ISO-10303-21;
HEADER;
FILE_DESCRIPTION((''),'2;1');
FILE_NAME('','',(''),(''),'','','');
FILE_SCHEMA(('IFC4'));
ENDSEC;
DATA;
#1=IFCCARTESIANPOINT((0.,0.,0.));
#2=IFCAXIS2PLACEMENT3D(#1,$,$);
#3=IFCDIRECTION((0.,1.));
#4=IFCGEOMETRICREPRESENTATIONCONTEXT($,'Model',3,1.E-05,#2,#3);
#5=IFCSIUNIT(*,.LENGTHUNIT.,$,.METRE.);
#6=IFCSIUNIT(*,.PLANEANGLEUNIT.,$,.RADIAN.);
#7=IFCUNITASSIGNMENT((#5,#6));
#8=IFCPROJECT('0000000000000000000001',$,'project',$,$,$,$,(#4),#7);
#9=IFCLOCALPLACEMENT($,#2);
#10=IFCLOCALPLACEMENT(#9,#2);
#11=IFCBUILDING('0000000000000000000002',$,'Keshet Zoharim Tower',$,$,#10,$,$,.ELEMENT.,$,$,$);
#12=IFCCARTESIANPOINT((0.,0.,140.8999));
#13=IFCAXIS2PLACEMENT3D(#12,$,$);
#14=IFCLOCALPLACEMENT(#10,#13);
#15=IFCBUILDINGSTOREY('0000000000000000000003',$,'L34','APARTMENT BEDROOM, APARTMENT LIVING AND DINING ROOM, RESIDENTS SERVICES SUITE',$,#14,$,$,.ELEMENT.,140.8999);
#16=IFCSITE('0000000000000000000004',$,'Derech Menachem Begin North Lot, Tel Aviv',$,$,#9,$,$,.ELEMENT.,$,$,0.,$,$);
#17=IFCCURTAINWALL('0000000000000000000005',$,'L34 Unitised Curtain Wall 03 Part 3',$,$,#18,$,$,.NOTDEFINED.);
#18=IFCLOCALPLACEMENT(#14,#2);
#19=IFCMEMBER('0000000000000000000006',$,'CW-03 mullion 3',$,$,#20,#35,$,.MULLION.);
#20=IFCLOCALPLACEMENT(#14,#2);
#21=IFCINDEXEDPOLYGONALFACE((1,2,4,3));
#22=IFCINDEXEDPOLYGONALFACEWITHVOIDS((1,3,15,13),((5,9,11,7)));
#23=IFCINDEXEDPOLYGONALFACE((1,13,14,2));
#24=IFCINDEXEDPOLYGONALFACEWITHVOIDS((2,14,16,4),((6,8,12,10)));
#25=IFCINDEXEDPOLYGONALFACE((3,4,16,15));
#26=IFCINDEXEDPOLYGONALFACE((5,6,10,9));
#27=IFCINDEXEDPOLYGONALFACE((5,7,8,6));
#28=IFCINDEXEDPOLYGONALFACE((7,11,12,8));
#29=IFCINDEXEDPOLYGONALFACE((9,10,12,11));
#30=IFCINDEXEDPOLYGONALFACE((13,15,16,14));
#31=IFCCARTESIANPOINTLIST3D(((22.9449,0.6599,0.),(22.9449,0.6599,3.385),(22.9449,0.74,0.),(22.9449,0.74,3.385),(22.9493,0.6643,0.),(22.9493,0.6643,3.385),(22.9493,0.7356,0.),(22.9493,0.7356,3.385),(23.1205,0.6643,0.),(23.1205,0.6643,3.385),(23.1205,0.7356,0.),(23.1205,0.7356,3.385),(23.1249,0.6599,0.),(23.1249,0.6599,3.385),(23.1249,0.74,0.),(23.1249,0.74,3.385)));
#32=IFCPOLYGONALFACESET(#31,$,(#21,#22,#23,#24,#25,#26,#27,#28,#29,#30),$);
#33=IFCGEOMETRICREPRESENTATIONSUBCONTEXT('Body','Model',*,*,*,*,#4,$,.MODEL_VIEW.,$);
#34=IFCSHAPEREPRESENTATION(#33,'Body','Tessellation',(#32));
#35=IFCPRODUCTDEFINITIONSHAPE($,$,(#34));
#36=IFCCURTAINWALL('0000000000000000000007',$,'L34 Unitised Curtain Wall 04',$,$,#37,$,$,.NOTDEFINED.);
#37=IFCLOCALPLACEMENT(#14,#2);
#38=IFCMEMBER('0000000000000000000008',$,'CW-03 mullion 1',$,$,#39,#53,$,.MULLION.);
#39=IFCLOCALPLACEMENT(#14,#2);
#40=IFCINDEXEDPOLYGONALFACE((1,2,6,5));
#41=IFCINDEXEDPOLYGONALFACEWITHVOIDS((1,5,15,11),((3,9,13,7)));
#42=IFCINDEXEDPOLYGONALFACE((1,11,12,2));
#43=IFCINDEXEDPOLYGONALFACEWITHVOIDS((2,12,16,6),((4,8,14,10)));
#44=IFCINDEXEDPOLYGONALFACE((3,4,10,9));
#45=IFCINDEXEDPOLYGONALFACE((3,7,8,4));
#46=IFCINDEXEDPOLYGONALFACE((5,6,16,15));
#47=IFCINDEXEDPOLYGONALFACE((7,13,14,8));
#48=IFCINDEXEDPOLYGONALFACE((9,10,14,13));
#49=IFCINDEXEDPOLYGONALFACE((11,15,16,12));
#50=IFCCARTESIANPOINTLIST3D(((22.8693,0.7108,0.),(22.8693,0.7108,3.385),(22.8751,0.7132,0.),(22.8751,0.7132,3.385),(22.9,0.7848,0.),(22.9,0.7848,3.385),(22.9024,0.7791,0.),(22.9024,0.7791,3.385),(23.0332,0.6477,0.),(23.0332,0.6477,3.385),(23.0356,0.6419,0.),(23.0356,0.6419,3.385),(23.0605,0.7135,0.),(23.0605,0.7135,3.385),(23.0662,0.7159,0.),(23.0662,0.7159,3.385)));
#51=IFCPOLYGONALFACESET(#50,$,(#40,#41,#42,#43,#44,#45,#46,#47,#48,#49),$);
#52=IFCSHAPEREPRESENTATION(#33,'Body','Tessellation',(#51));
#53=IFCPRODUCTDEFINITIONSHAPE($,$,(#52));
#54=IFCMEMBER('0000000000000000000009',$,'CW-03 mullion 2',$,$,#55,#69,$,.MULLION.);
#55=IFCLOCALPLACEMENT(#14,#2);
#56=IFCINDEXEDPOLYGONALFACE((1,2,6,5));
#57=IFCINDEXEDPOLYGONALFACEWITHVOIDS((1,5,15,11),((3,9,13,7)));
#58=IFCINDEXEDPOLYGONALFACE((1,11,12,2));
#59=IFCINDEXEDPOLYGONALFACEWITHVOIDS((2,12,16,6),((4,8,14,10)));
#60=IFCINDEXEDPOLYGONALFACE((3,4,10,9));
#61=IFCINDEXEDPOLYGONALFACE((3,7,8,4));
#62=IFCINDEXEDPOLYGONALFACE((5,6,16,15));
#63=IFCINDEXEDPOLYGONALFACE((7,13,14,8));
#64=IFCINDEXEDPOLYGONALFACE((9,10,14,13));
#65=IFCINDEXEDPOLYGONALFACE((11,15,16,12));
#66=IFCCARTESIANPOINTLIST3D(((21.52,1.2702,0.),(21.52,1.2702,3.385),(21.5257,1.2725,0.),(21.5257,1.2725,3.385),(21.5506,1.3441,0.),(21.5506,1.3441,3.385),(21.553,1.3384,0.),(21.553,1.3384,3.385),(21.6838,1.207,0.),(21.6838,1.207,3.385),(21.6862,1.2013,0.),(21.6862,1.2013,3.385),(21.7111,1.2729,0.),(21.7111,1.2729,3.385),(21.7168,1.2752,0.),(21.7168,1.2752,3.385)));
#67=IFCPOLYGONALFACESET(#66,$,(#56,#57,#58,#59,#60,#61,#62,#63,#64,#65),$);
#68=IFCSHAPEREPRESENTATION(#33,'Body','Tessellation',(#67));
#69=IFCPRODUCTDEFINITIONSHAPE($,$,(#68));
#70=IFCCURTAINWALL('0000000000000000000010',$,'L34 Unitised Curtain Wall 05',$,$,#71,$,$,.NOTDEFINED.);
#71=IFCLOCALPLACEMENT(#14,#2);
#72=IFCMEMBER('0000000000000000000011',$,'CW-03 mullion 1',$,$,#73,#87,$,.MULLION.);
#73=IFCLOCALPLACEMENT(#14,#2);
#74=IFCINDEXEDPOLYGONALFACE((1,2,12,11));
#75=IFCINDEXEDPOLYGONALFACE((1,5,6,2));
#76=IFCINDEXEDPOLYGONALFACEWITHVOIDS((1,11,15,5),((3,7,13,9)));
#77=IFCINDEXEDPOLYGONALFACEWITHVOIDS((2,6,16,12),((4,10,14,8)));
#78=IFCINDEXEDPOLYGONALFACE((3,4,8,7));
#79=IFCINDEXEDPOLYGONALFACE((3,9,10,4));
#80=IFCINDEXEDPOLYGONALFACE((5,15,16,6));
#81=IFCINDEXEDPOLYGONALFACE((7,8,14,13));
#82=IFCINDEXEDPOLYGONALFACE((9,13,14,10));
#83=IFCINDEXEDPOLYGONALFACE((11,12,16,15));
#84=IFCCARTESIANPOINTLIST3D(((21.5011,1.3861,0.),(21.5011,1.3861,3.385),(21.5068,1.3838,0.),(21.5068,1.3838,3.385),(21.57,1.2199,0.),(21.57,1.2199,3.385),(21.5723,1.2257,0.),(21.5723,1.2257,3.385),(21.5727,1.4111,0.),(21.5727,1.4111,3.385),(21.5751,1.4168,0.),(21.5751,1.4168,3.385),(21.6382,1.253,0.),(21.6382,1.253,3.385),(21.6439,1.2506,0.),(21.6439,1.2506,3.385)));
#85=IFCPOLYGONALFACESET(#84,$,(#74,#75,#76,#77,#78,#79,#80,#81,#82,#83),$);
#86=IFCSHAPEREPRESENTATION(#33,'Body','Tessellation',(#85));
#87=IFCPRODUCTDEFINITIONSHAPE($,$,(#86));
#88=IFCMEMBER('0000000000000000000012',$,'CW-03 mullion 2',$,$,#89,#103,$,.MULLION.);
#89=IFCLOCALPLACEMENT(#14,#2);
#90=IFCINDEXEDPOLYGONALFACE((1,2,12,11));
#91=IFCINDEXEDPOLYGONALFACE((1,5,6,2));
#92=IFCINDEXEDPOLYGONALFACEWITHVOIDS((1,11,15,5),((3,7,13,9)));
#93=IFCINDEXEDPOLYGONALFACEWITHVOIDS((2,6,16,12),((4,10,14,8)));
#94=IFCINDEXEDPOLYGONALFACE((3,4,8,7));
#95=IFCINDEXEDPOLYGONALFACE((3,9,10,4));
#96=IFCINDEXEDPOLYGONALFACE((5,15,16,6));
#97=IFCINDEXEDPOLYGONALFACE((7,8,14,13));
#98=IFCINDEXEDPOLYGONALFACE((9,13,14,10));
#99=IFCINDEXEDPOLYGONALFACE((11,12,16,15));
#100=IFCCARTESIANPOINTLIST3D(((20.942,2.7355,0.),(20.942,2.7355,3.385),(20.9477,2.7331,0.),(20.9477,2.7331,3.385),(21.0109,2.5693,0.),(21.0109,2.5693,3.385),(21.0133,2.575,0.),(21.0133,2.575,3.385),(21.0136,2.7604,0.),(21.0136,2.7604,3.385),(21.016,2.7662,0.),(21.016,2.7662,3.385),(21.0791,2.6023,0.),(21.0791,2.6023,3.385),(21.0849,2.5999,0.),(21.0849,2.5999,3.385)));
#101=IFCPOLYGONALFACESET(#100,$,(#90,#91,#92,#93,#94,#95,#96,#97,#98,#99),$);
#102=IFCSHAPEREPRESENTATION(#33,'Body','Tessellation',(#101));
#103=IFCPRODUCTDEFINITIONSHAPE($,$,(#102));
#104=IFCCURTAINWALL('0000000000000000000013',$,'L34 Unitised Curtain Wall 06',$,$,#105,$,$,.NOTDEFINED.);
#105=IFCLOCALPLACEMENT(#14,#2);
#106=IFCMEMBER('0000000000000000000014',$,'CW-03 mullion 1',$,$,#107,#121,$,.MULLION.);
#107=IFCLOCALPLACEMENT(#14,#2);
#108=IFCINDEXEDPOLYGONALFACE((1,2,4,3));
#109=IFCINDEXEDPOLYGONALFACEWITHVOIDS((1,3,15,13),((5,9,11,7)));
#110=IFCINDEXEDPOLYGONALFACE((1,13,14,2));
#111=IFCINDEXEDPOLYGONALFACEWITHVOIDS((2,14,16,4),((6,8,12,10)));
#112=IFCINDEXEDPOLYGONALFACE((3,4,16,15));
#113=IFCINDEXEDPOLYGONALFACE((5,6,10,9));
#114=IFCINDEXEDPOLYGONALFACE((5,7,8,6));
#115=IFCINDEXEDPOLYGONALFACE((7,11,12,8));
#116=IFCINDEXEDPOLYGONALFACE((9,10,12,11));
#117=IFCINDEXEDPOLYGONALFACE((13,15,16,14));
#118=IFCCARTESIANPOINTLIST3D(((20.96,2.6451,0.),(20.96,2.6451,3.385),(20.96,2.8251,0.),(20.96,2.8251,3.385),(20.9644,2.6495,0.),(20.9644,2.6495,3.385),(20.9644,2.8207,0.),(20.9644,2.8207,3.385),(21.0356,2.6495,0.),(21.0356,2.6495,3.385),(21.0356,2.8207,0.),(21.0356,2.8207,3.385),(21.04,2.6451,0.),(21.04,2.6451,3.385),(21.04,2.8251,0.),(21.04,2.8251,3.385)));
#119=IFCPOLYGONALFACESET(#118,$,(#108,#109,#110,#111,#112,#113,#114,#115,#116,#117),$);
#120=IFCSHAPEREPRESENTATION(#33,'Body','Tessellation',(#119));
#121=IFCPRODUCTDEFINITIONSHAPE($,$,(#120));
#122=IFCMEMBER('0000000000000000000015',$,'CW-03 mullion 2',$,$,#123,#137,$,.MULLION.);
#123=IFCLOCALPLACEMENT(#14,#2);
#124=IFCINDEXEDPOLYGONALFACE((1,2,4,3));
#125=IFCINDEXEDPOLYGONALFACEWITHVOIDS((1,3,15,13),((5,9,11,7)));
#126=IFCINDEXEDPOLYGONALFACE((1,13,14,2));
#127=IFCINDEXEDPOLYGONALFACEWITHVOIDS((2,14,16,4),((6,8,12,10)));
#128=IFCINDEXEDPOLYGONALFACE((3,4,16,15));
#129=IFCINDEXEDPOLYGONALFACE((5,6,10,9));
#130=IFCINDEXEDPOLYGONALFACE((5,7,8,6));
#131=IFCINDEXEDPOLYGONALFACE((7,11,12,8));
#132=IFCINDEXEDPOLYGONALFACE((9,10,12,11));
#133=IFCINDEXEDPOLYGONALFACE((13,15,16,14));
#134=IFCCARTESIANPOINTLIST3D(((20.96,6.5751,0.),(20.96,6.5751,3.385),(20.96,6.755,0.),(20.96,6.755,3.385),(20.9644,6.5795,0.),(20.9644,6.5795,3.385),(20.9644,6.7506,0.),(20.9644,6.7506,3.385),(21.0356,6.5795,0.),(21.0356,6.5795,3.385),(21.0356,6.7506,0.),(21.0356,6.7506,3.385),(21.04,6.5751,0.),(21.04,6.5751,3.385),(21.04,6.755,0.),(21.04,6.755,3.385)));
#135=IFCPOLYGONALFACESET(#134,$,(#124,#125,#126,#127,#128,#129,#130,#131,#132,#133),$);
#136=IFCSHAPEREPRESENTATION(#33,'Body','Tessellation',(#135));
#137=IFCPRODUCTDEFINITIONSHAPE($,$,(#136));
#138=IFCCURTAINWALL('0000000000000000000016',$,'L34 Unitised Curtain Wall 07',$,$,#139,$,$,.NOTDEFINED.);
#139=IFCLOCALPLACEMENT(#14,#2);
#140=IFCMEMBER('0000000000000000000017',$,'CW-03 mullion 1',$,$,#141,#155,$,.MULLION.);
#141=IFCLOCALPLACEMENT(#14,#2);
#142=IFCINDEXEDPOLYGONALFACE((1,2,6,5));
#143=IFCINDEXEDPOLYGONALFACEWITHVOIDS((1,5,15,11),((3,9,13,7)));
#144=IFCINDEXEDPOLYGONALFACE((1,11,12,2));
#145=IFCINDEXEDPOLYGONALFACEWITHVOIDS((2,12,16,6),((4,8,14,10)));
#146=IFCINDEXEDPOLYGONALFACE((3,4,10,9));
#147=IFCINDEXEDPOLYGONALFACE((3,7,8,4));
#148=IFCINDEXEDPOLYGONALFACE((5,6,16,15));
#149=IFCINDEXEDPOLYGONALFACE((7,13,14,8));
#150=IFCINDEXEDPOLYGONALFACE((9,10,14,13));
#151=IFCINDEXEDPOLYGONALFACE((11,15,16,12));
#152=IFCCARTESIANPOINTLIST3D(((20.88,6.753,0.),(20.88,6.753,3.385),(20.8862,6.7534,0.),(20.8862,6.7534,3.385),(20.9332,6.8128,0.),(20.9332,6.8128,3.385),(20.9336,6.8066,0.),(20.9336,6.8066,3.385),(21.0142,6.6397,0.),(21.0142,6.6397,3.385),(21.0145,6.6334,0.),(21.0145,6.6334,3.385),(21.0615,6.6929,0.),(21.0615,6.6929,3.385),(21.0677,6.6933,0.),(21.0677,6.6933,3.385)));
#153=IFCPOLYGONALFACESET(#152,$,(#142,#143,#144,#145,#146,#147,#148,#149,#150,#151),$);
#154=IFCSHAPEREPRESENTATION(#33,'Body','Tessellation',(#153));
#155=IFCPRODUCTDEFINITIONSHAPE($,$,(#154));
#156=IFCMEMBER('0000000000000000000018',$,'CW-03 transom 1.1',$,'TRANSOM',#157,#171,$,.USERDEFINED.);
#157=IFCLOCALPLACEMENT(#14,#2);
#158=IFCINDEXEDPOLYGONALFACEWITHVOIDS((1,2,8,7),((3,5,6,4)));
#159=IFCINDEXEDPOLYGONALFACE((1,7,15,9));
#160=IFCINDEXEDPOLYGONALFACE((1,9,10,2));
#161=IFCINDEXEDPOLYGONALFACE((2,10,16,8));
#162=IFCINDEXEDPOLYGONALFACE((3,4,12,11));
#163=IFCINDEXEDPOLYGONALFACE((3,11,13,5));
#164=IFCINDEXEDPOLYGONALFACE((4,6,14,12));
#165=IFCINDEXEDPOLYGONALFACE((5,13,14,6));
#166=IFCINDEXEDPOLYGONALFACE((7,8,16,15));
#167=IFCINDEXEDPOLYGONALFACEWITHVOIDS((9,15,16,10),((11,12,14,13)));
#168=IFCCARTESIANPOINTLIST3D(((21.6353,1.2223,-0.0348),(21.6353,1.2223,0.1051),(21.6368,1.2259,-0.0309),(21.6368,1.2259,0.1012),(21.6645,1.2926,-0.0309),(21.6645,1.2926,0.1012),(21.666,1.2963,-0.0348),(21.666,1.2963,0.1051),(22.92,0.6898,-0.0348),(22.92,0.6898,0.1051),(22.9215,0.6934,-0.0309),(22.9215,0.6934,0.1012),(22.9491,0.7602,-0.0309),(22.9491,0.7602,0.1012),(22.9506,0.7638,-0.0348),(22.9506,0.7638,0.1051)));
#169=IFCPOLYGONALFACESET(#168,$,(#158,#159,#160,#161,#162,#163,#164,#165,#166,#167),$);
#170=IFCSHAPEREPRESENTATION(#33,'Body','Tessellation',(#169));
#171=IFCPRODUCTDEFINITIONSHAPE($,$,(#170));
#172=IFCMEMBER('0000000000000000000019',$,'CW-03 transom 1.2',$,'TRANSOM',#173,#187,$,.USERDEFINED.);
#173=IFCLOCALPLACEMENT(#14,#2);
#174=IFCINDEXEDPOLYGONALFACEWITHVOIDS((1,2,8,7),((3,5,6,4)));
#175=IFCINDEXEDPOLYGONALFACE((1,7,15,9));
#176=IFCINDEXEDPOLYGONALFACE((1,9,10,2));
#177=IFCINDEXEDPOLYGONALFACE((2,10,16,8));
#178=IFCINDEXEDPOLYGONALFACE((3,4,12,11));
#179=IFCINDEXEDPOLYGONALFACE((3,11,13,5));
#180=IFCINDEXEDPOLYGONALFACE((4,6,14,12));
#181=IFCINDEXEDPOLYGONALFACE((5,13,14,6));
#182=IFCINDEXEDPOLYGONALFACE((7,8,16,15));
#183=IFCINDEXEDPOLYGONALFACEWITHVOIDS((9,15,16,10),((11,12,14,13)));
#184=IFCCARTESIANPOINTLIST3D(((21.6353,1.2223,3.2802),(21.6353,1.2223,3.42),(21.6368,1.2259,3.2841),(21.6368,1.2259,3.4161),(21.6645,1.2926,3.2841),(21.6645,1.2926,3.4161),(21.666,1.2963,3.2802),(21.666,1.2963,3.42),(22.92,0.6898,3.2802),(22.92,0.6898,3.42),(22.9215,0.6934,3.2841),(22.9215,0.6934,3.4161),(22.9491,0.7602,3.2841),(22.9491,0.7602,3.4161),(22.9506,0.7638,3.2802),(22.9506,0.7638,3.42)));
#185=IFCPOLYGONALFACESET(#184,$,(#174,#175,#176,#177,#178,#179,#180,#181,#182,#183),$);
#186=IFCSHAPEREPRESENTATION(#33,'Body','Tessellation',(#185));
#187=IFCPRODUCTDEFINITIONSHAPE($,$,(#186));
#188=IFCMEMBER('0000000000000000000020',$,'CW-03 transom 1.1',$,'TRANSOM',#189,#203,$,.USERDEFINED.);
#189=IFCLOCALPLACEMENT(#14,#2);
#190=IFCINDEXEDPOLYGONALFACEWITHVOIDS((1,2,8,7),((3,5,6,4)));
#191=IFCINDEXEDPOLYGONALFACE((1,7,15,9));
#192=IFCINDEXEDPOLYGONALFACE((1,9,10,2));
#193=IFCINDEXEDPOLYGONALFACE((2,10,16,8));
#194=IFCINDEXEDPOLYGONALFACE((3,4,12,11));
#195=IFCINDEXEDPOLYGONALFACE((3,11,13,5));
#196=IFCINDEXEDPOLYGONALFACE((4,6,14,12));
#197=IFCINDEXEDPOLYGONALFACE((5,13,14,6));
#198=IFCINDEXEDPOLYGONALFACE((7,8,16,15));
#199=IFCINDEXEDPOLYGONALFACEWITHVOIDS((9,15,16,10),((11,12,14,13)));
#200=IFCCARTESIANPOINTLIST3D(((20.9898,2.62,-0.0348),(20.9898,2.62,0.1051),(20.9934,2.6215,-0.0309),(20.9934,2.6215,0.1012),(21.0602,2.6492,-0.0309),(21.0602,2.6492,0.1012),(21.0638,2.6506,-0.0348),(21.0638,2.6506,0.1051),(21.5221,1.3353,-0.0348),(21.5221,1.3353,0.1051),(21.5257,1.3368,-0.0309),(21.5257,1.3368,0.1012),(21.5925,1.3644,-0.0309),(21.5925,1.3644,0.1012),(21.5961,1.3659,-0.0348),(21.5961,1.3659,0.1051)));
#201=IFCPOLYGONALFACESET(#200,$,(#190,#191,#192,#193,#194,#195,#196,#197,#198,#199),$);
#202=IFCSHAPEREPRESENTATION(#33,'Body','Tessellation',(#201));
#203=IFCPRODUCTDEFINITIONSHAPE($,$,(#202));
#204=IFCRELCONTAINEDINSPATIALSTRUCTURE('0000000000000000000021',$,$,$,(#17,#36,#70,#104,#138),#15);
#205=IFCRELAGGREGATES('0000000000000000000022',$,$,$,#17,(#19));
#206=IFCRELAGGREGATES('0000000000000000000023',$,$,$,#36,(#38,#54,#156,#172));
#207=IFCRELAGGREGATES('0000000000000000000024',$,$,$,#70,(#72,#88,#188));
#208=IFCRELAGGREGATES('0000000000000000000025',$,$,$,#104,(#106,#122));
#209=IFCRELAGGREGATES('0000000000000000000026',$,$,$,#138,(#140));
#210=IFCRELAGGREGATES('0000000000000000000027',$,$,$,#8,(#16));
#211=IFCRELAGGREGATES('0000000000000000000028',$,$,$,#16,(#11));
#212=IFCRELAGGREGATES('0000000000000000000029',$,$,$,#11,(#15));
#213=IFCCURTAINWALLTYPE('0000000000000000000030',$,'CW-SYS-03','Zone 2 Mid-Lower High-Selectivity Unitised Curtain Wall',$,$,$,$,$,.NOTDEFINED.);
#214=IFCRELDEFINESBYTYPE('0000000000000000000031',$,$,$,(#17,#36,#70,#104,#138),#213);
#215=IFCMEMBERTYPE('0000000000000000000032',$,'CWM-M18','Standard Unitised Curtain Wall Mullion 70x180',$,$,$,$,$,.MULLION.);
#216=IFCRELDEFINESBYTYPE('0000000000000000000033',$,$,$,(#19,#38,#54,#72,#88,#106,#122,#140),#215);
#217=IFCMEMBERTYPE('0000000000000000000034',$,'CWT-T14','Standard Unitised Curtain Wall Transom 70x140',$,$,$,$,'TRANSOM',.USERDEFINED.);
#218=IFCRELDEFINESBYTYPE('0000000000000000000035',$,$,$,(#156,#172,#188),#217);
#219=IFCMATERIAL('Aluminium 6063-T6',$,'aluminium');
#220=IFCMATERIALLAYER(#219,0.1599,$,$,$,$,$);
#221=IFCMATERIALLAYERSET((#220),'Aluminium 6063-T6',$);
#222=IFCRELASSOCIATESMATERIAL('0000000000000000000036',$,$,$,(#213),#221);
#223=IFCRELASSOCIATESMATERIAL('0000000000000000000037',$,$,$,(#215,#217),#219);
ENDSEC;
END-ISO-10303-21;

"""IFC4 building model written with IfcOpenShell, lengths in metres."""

from ifc_helpers import new_model, si_unit, direction, frame, origin, origin_2d, place, context, subcontext, project, spatial, hollow_rectangle, extrude, material, layer, layer_set, material_profile, profile_set, type_object, element, aggregate, save


model = new_model("IFC4")

# Units and contexts
model_context = context("Model", 3, precision=1e-05, world=origin(), true_north=direction((0.0, 1.0)))
body_context = subcontext(model_context, "Body", "Model", "MODEL_VIEW")
ifc_project = project(units=[si_unit("LENGTHUNIT", "METRE"), si_unit("PLANEANGLEUNIT", "RADIAN")], contexts=[model_context])

# Site, building, storey
site_placement = place(None, origin())
site = spatial("IfcSite", under=ifc_project, at=site_placement, Name="Derech Menachem Begin North Lot, Tel Aviv", CompositionType="ELEMENT", RefElevation=0.0)
building_placement = place(site_placement, origin())
building = spatial("IfcBuilding", under=site, at=building_placement, Name="Keshet Zoharim Tower", CompositionType="ELEMENT")
storey_placement = place(building_placement, frame((0.0, 0.0, 140.8999)))
storey = spatial("IfcBuildingStorey", under=building, at=storey_placement, Name="L34", Description="APARTMENT BEDROOM, APARTMENT LIVING AND DINING ROOM, RESIDENTS SERVICES SUITE", CompositionType="ELEMENT", Elevation=140.8999)

# Curtain wall, member
ifc_material_1 = material(Name="Aluminium 6063-T6", Category="aluminium")
ifc_layer_1 = layer(ifc_material_1, 0.1599)
ifc_layer_set_1 = layer_set([ifc_layer_1], Name="Aluminium 6063-T6")
curtain_wall_type = type_object("IfcCurtainWallType", Name="CW-SYS-03", Description="Zone 2 Mid-Lower High-Selectivity Unitised Curtain Wall", PredefinedType="NOTDEFINED", material=ifc_layer_set_1)
curtain_wall_1_placement = place(storey_placement, origin())
curtain_wall_1 = element("IfcCurtainWall", 1, at=curtain_wall_1_placement, inside=storey, type_object=curtain_wall_type, Name="L34 Unitised Curtain Wall 03 Part 3", PredefinedType="NOTDEFINED")
ifc_material_profile_1 = material_profile(ifc_material_1, hollow_rectangle(XDim=0.0801, YDim=0.1799, WallThickness=0.0044, at=origin_2d()), Name="MUL-80x180")
ifc_profile_set_1 = profile_set([ifc_material_profile_1], Name="Aluminium 6063-T6")
member_type_1 = type_object("IfcMemberType", Name="CWM-M18", Description="Standard Unitised Curtain Wall Mullion 70x180", PredefinedType="MULLION", material=ifc_profile_set_1)
member_1_placement = place(storey_placement, frame((23.0349, 0.7, 0.0), z_axis=(0.0, 0.0, 1.0), x_axis=(0.0, -1.0, 0.0)))
member_1 = element("IfcMember", 2, at=member_1_placement, type_object=member_type_1, Name="CW-03 mullion 3", PredefinedType="MULLION", context=body_context, shape_type="SweptSolid", body=[
    extrude(hollow_rectangle(XDim=0.0801, YDim=0.1799, WallThickness=0.0044, at=origin_2d()), origin(), (0.0, 0.0, 1.0), 3.385),
])
aggregate(curtain_wall_1, [member_1])

# Curtain walls, members
curtain_wall_2_placement = place(storey_placement, origin())
curtain_wall_2 = element("IfcCurtainWall", 3, at=curtain_wall_2_placement, inside=storey, type_object=curtain_wall_type, Name="L34 Unitised Curtain Wall 04", PredefinedType="NOTDEFINED")
member_2_placement = place(storey_placement, frame((22.9678, 0.7134, 0.0), z_axis=(0.0, 0.0, 1.0), x_axis=(-0.382852, -0.92381, 0.0)))
member_2 = element("IfcMember", 4, at=member_2_placement, type_object=member_type_1, Name="CW-03 mullion 1", PredefinedType="MULLION", context=body_context, shape_type="SweptSolid", body=[
    extrude(hollow_rectangle(XDim=0.0801, YDim=0.1799, WallThickness=0.0044, at=origin_2d()), origin(), (0.0, 0.0, 1.0), 3.385),
])
member_3_placement = place(storey_placement, frame((21.6184, 1.2727, 0.0), z_axis=(0.0, 0.0, 1.0), x_axis=(-0.382852, -0.92381, 0.0)))
member_3 = element("IfcMember", 5, at=member_3_placement, type_object=member_type_1, Name="CW-03 mullion 2", PredefinedType="MULLION", context=body_context, shape_type="SweptSolid", body=[
    extrude(hollow_rectangle(XDim=0.0801, YDim=0.1799, WallThickness=0.0044, at=origin_2d()), origin(), (0.0, 0.0, 1.0), 3.385),
])
curtain_wall_3_placement = place(storey_placement, origin())
curtain_wall_3 = element("IfcCurtainWall", 6, at=curtain_wall_3_placement, inside=storey, type_object=curtain_wall_type, Name="L34 Unitised Curtain Wall 05", PredefinedType="NOTDEFINED")
member_4_placement = place(storey_placement, frame((21.5725, 1.3184, 0.0), z_axis=(0.0, 0.0, 1.0), x_axis=(-0.92381, -0.382852, 0.0)))
member_4 = element("IfcMember", 7, at=member_4_placement, type_object=member_type_1, Name="CW-03 mullion 1", PredefinedType="MULLION", context=body_context, shape_type="SweptSolid", body=[
    extrude(hollow_rectangle(XDim=0.0801, YDim=0.1799, WallThickness=0.0044, at=origin_2d()), origin(), (0.0, 0.0, 1.0), 3.385),
])
member_5_placement = place(storey_placement, frame((21.0134, 2.6677, 0.0), z_axis=(0.0, 0.0, 1.0), x_axis=(-0.92381, -0.382852, 0.0)))
member_5 = element("IfcMember", 8, at=member_5_placement, type_object=member_type_1, Name="CW-03 mullion 2", PredefinedType="MULLION", context=body_context, shape_type="SweptSolid", body=[
    extrude(hollow_rectangle(XDim=0.0801, YDim=0.1799, WallThickness=0.0044, at=origin_2d()), origin(), (0.0, 0.0, 1.0), 3.385),
])
curtain_wall_4_placement = place(storey_placement, origin())
curtain_wall_4 = element("IfcCurtainWall", 9, at=curtain_wall_4_placement, inside=storey, type_object=curtain_wall_type, Name="L34 Unitised Curtain Wall 06", PredefinedType="NOTDEFINED")
member_6_placement = place(storey_placement, frame((21.0, 2.7351, 0.0), z_axis=(0.0, 0.0, 1.0), x_axis=(-1.0, 0.0, 0.0)))
member_6 = element("IfcMember", 10, at=member_6_placement, type_object=member_type_1, Name="CW-03 mullion 1", PredefinedType="MULLION", context=body_context, shape_type="SweptSolid", body=[
    extrude(hollow_rectangle(XDim=0.0801, YDim=0.1799, WallThickness=0.0044, at=origin_2d()), origin(), (0.0, 0.0, 1.0), 3.385),
])
member_7_placement = place(storey_placement, frame((21.0, 6.665, 0.0), z_axis=(0.0, 0.0, 1.0), x_axis=(-1.0, 0.0, 0.0)))
member_7 = element("IfcMember", 11, at=member_7_placement, type_object=member_type_1, Name="CW-03 mullion 2", PredefinedType="MULLION", context=body_context, shape_type="SweptSolid", body=[
    extrude(hollow_rectangle(XDim=0.0801, YDim=0.1799, WallThickness=0.0044, at=origin_2d()), origin(), (0.0, 0.0, 1.0), 3.385),
])

# Curtain wall, member
curtain_wall_5_placement = place(storey_placement, origin())
curtain_wall_5 = element("IfcCurtainWall", 12, at=curtain_wall_5_placement, inside=storey, type_object=curtain_wall_type, Name="L34 Unitised Curtain Wall 07", PredefinedType="NOTDEFINED")
member_8_placement = place(storey_placement, frame((20.9739, 6.7231, 0.0), z_axis=(0.0, 0.0, 1.0), x_axis=(-0.664367, -0.747406, 0.0)))
member_8 = element("IfcMember", 13, at=member_8_placement, type_object=member_type_1, Name="CW-03 mullion 1", PredefinedType="MULLION", context=body_context, shape_type="SweptSolid", body=[
    extrude(hollow_rectangle(XDim=0.0801, YDim=0.1799, WallThickness=0.0044, at=origin_2d()), origin(), (0.0, 0.0, 1.0), 3.385),
])

# Members
ifc_material_profile_2 = material_profile(ifc_material_1, hollow_rectangle(XDim=0.0801, YDim=0.1399, WallThickness=0.0039, at=origin_2d()), Name="TRN-80x140")
ifc_profile_set_2 = profile_set([ifc_material_profile_2], Name="Aluminium 6063-T6")
member_type_2 = type_object("IfcMemberType", Name="CWT-T14", Description="Standard Unitised Curtain Wall Transom 70x140", ElementType="TRANSOM", PredefinedType="USERDEFINED", material=ifc_profile_set_2)
member_9_placement = place(storey_placement, frame((22.9353, 0.7268, 0.0352), z_axis=(-0.923792, 0.382894, 0.0), x_axis=(-0.382894, -0.923792, 0.0)))
member_9 = element("IfcMember", 14, at=member_9_placement, type_object=member_type_2, Name="CW-03 transom 1.1", ObjectType="TRANSOM", PredefinedType="USERDEFINED", context=body_context, shape_type="SweptSolid", body=[
    extrude(hollow_rectangle(XDim=0.0801, YDim=0.1399, WallThickness=0.0039, at=origin_2d()), origin(), (0.0, 0.0, 1.0), 1.3906),
])
member_10_placement = place(storey_placement, frame((22.9353, 0.7268, 3.3501), z_axis=(-0.923792, 0.382894, 0.0), x_axis=(-0.382894, -0.923792, 0.0)))
member_10 = element("IfcMember", 15, at=member_10_placement, type_object=member_type_2, Name="CW-03 transom 1.2", ObjectType="TRANSOM", PredefinedType="USERDEFINED", context=body_context, shape_type="SweptSolid", body=[
    extrude(hollow_rectangle(XDim=0.0801, YDim=0.1399, WallThickness=0.0039, at=origin_2d()), origin(), (0.0, 0.0, 1.0), 1.3906),
])
member_11_placement = place(storey_placement, frame((21.5591, 1.3506, 0.0352), z_axis=(-0.382745, 0.923854, 0.0), x_axis=(-0.923854, -0.382745, 0.0)))
member_11 = element("IfcMember", 16, at=member_11_placement, type_object=member_type_2, Name="CW-03 transom 1.1", ObjectType="TRANSOM", PredefinedType="USERDEFINED", context=body_context, shape_type="SweptSolid", body=[
    extrude(hollow_rectangle(XDim=0.0801, YDim=0.1399, WallThickness=0.0039, at=origin_2d()), origin(), (0.0, 0.0, 1.0), 1.3906),
])

aggregate(curtain_wall_2, [member_2, member_3, member_9, member_10])
aggregate(curtain_wall_3, [member_4, member_5, member_11])
aggregate(curtain_wall_4, [member_6, member_7])
aggregate(curtain_wall_5, [member_8])

save(model, "model.ifc")
